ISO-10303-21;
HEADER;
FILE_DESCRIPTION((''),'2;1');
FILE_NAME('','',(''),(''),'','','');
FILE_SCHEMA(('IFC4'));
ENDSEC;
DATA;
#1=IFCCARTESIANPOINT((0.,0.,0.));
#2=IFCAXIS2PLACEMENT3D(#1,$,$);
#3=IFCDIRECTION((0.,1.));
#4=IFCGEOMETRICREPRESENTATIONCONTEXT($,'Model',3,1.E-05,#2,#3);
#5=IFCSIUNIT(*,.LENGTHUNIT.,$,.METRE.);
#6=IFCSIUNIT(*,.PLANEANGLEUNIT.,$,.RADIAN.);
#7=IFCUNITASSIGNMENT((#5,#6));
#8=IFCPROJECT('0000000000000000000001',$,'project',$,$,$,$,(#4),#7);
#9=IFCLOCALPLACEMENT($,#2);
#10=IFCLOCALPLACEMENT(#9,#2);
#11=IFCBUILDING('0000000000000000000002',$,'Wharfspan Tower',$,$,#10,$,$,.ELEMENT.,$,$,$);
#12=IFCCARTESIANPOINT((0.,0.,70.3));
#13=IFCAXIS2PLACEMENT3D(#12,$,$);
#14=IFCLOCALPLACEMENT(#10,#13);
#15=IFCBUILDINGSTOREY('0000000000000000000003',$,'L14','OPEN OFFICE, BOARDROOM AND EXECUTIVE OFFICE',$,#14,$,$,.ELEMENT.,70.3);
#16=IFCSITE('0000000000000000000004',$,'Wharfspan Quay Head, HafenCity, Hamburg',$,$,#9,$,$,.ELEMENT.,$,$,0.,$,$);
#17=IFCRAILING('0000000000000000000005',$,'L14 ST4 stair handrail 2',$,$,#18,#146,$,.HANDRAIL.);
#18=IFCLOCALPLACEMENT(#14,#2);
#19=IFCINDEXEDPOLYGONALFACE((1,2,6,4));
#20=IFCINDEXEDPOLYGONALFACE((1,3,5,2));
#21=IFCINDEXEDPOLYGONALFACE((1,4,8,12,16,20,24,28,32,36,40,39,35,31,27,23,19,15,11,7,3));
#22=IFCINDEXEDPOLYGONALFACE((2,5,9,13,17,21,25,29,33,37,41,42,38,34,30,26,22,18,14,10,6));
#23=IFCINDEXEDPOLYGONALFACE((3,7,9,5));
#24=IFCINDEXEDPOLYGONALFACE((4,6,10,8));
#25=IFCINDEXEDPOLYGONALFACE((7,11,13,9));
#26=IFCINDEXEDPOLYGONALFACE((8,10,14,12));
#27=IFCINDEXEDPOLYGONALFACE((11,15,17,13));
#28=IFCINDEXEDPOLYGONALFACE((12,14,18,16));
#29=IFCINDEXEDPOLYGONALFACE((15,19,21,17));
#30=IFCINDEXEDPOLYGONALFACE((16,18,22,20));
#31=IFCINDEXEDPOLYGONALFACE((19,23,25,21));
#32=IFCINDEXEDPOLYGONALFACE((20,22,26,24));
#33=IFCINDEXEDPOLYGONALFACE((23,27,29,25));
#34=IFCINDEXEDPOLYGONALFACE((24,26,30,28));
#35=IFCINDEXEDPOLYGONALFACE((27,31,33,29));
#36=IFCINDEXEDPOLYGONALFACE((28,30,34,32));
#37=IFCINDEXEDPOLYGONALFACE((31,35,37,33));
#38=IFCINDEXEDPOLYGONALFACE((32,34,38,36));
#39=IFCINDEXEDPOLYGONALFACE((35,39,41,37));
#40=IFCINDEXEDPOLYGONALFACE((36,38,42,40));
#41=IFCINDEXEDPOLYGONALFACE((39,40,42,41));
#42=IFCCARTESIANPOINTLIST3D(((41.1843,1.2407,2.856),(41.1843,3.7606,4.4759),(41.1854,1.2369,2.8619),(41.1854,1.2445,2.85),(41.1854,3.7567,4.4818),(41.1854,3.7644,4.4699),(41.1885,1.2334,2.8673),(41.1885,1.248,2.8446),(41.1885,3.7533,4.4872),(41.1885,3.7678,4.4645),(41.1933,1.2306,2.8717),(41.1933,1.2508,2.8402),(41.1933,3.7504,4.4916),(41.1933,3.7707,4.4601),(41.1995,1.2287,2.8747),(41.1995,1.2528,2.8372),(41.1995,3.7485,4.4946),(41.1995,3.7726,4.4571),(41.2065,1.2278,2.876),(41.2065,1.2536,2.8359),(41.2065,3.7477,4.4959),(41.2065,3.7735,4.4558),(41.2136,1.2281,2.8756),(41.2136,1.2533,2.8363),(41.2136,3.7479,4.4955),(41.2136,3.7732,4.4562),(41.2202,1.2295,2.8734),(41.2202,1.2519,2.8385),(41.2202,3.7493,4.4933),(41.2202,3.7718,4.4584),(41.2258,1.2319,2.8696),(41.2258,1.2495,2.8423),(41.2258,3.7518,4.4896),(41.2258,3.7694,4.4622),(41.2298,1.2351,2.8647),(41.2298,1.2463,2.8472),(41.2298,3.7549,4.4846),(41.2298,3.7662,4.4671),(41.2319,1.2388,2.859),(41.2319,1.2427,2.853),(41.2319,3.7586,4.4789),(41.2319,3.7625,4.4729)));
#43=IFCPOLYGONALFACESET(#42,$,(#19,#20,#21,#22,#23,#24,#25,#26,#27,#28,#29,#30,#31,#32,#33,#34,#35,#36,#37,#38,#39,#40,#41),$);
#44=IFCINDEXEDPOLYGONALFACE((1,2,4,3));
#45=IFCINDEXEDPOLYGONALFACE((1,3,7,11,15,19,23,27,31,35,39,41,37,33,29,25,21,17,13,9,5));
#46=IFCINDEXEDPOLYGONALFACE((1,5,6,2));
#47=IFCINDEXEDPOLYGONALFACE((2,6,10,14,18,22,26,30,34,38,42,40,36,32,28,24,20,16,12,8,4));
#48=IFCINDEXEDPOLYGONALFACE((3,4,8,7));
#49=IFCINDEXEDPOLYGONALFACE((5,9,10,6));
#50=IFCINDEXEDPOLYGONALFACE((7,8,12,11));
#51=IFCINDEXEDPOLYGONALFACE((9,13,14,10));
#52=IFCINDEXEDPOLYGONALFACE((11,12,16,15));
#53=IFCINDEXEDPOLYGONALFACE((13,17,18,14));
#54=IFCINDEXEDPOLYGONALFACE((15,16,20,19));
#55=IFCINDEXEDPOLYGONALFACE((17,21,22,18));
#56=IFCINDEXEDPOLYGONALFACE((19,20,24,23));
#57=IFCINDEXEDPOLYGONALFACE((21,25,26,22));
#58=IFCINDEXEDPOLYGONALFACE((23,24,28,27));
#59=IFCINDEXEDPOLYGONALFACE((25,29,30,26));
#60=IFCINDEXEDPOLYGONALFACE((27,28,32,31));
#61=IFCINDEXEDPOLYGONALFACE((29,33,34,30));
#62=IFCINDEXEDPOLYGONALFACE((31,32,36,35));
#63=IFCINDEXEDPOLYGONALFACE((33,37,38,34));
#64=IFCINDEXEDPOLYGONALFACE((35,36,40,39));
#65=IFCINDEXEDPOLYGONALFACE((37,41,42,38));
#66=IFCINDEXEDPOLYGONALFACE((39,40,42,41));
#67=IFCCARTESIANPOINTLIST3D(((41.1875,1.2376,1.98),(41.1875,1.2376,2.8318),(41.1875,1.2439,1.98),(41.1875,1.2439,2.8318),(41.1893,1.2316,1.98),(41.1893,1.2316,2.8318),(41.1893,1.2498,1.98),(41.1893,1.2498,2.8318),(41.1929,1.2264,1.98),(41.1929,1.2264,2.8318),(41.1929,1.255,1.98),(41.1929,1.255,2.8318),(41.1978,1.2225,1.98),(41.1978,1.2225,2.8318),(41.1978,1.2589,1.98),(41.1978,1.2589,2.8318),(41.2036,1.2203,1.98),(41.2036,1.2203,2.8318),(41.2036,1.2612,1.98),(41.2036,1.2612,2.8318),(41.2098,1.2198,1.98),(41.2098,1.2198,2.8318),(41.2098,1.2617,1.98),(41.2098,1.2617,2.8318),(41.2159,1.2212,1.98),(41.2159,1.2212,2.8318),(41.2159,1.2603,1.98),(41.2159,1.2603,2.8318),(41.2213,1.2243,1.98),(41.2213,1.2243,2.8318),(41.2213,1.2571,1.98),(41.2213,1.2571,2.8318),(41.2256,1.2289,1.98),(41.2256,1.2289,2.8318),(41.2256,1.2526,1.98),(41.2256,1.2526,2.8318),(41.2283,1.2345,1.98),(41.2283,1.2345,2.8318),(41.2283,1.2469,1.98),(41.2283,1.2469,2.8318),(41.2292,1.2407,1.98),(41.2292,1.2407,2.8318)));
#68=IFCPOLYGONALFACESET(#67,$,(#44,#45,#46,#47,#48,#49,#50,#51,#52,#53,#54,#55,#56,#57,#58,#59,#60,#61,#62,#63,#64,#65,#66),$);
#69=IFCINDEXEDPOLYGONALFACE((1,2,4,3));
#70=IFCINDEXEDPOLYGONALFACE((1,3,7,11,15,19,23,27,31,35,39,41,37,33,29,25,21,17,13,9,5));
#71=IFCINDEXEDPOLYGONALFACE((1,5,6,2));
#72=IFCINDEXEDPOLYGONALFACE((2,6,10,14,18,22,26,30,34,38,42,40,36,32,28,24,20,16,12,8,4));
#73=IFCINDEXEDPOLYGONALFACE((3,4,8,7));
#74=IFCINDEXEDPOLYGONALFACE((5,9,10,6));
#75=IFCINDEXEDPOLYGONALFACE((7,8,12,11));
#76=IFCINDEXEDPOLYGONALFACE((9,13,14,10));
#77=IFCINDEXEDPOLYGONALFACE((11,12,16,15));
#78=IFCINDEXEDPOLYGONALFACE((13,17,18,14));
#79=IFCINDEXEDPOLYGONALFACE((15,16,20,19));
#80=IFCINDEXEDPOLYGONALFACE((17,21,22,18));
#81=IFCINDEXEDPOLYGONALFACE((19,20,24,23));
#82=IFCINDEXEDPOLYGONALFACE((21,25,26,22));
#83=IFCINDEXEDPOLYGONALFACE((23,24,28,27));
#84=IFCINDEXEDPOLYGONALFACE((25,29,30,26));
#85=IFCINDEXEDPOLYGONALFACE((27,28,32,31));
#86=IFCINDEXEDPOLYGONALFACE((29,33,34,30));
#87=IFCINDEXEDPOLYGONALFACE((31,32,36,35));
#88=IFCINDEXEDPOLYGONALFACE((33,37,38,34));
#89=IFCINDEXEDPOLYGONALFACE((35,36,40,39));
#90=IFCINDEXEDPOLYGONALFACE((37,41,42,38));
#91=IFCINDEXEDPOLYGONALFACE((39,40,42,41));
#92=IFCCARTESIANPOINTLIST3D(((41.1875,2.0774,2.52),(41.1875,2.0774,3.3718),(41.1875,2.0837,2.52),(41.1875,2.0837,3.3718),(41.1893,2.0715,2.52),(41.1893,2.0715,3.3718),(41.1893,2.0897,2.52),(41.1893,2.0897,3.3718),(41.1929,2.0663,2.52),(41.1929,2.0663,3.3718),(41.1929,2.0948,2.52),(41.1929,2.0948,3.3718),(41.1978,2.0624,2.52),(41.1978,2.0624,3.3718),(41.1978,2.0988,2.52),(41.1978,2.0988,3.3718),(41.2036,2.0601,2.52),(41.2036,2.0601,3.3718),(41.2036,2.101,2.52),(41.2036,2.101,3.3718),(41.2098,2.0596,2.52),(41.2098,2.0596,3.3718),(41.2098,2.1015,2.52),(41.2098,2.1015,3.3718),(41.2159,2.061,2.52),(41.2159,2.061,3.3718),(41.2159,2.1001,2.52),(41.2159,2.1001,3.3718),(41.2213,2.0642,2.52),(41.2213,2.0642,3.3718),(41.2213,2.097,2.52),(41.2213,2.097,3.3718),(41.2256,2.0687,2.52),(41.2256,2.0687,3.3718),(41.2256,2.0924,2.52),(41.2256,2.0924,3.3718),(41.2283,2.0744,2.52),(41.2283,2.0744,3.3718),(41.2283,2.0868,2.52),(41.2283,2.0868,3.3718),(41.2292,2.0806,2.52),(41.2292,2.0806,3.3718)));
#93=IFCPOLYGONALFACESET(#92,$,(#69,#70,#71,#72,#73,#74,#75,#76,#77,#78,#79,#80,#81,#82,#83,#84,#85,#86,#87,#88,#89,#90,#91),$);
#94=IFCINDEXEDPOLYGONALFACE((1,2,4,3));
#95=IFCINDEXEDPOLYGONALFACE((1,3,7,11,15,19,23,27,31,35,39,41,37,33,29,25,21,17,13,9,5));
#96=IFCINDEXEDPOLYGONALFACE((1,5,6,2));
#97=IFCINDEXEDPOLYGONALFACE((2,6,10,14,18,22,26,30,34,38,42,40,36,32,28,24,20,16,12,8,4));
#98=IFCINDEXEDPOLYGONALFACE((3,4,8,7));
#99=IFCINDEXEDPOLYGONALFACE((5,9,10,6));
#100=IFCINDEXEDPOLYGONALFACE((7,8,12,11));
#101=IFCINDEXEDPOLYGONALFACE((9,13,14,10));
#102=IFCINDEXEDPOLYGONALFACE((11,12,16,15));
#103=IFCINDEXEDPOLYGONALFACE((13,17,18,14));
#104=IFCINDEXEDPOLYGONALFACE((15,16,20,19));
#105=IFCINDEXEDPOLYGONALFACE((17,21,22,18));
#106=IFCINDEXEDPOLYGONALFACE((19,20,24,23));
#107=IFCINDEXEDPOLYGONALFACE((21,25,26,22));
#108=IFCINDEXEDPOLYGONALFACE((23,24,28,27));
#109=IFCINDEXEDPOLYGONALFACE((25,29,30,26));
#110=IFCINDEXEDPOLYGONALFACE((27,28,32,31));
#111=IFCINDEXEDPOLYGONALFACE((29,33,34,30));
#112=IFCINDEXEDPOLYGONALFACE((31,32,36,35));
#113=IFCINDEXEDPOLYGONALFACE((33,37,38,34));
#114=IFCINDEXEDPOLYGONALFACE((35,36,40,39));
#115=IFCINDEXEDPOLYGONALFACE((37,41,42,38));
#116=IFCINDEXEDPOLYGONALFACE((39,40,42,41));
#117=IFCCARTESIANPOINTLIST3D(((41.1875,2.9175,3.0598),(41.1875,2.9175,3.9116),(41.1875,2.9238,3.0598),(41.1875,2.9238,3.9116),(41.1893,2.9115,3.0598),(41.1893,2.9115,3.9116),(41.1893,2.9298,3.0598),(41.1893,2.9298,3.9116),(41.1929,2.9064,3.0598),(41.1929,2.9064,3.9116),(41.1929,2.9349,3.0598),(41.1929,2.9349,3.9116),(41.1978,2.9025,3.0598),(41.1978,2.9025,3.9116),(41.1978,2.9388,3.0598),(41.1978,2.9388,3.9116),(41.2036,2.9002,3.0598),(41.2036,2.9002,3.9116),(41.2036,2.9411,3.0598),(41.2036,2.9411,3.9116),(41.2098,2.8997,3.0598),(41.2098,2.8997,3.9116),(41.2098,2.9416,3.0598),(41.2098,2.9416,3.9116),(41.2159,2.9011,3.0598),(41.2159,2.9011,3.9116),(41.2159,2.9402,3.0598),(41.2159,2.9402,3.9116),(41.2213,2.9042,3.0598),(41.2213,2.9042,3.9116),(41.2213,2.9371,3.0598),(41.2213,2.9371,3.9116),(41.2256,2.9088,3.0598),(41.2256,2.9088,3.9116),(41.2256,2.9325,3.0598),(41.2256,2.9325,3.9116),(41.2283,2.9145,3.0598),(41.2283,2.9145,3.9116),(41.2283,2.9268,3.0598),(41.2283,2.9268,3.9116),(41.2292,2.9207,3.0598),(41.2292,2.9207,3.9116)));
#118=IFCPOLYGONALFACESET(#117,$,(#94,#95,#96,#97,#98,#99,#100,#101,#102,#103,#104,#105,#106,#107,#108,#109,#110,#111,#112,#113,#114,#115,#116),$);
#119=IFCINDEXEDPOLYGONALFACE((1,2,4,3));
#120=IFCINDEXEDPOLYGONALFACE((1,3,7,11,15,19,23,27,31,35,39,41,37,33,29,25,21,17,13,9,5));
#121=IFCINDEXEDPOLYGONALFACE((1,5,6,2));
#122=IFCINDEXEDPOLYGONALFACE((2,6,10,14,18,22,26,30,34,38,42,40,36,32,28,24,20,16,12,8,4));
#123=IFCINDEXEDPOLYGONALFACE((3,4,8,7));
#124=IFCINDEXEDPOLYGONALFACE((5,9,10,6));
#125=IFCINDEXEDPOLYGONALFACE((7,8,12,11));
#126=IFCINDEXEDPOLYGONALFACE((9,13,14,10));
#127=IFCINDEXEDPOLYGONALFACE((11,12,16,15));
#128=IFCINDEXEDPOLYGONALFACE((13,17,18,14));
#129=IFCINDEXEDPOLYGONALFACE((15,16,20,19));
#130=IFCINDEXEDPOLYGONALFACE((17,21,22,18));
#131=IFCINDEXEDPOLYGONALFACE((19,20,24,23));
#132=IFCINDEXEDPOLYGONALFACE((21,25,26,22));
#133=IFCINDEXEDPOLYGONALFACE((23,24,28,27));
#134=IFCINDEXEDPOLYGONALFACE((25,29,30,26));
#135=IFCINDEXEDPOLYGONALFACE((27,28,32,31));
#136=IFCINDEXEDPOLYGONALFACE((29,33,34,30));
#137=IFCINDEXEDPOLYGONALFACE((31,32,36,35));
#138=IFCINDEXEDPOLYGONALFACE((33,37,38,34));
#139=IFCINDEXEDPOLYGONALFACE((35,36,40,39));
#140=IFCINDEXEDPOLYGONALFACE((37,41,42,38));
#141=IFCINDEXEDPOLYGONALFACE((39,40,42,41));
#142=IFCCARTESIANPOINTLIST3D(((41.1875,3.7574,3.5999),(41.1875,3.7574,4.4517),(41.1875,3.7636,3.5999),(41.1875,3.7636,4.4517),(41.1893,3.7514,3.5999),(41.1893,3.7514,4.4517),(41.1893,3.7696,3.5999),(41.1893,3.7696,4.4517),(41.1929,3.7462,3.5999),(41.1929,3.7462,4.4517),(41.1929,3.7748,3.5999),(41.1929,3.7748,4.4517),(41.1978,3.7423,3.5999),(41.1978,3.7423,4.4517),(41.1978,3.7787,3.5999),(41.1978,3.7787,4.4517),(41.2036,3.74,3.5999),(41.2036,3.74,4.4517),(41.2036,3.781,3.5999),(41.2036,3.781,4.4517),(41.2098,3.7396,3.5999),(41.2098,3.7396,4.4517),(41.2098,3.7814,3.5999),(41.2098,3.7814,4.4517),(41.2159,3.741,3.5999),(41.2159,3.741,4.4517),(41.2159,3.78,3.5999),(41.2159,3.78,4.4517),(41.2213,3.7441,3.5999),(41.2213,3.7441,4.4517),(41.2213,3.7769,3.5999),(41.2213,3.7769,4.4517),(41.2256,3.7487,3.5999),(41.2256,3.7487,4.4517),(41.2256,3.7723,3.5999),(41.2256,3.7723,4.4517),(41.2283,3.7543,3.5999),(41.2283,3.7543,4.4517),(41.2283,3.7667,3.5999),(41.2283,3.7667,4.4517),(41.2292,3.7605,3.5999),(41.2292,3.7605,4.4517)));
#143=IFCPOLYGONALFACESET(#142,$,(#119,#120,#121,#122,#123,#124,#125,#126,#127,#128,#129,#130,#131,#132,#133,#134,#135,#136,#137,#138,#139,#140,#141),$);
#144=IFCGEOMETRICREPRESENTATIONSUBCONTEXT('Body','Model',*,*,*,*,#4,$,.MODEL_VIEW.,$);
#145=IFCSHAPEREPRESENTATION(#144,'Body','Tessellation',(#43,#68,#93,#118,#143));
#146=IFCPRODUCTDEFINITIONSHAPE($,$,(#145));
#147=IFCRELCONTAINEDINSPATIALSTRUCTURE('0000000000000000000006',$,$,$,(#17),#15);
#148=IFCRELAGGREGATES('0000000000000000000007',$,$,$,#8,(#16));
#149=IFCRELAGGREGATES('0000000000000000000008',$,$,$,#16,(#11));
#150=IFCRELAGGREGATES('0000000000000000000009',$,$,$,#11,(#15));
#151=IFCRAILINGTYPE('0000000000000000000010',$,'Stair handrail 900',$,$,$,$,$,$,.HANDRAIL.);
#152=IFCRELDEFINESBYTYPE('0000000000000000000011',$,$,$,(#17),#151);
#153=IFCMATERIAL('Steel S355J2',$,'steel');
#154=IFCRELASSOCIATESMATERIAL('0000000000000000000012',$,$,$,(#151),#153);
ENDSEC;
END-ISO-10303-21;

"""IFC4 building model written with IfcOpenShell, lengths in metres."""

from ifc_helpers import new_model, si_unit, direction, frame, origin, origin_2d, place, context, subcontext, project, spatial, circle, extrude, material, type_object, element, save


model = new_model("IFC4")

# Units and contexts
model_context = context("Model", 3, precision=1e-05, world=origin(), true_north=direction((0.0, 1.0)))
body_context = subcontext(model_context, "Body", "Model", "MODEL_VIEW")
ifc_project = project(units=[si_unit("LENGTHUNIT", "METRE"), si_unit("PLANEANGLEUNIT", "RADIAN")], contexts=[model_context])

# Site, building, storey
site_placement = place(None, origin())
site = spatial("IfcSite", under=ifc_project, at=site_placement, Name="Wharfspan Quay Head, HafenCity, Hamburg", CompositionType="ELEMENT", RefElevation=0.0)
building_placement = place(site_placement, origin())
building = spatial("IfcBuilding", under=site, at=building_placement, Name="Wharfspan Tower", CompositionType="ELEMENT")
storey_placement = place(building_placement, frame((0.0, 0.0, 70.3)))
storey = spatial("IfcBuildingStorey", under=building, at=storey_placement, Name="L14", Description="OPEN OFFICE, BOARDROOM AND EXECUTIVE OFFICE", CompositionType="ELEMENT", Elevation=70.3)

# Shared definitions
ifc_material_1 = material(Name="Steel S355J2", Category="steel")

# Railing
railing_type_1 = type_object("IfcRailingType", Name="Stair handrail 900", PredefinedType="HANDRAIL", material=ifc_material_1)
railing_1_placement = place(storey_placement, frame((41.2083, 1.2407, 1.98)))
element("IfcRailing", 1, at=railing_1_placement, inside=storey, type_object=railing_type_1, Name="L14 ST4 stair handrail 2", PredefinedType="HANDRAIL", context=body_context, shape_type="SweptSolid", body=[
    extrude(circle(Radius=0.0239, at=origin_2d()), frame((0.0, 0.0, 0.876), z_axis=(0.0, 0.841176, 0.540762), x_axis=(-1.0, 0.0, 0.0)), (0.0, 0.0, 1.0), 2.9956),
    extrude(circle(Radius=0.021, at=origin_2d()), origin(), (0.0, 0.0, 1.0), 0.8518),
    extrude(circle(Radius=0.021, at=origin_2d()), frame((0.0, 0.8398, 0.54)), (0.0, 0.0, 1.0), 0.8518),
    extrude(circle(Radius=0.021, at=origin_2d()), frame((0.0, 1.6799, 1.0798)), (0.0, 0.0, 1.0), 0.8518),
    extrude(circle(Radius=0.021, at=origin_2d()), frame((0.0, 2.5198, 1.6199)), (0.0, 0.0, 1.0), 0.8518),
])

save(model, "model.ifc")
